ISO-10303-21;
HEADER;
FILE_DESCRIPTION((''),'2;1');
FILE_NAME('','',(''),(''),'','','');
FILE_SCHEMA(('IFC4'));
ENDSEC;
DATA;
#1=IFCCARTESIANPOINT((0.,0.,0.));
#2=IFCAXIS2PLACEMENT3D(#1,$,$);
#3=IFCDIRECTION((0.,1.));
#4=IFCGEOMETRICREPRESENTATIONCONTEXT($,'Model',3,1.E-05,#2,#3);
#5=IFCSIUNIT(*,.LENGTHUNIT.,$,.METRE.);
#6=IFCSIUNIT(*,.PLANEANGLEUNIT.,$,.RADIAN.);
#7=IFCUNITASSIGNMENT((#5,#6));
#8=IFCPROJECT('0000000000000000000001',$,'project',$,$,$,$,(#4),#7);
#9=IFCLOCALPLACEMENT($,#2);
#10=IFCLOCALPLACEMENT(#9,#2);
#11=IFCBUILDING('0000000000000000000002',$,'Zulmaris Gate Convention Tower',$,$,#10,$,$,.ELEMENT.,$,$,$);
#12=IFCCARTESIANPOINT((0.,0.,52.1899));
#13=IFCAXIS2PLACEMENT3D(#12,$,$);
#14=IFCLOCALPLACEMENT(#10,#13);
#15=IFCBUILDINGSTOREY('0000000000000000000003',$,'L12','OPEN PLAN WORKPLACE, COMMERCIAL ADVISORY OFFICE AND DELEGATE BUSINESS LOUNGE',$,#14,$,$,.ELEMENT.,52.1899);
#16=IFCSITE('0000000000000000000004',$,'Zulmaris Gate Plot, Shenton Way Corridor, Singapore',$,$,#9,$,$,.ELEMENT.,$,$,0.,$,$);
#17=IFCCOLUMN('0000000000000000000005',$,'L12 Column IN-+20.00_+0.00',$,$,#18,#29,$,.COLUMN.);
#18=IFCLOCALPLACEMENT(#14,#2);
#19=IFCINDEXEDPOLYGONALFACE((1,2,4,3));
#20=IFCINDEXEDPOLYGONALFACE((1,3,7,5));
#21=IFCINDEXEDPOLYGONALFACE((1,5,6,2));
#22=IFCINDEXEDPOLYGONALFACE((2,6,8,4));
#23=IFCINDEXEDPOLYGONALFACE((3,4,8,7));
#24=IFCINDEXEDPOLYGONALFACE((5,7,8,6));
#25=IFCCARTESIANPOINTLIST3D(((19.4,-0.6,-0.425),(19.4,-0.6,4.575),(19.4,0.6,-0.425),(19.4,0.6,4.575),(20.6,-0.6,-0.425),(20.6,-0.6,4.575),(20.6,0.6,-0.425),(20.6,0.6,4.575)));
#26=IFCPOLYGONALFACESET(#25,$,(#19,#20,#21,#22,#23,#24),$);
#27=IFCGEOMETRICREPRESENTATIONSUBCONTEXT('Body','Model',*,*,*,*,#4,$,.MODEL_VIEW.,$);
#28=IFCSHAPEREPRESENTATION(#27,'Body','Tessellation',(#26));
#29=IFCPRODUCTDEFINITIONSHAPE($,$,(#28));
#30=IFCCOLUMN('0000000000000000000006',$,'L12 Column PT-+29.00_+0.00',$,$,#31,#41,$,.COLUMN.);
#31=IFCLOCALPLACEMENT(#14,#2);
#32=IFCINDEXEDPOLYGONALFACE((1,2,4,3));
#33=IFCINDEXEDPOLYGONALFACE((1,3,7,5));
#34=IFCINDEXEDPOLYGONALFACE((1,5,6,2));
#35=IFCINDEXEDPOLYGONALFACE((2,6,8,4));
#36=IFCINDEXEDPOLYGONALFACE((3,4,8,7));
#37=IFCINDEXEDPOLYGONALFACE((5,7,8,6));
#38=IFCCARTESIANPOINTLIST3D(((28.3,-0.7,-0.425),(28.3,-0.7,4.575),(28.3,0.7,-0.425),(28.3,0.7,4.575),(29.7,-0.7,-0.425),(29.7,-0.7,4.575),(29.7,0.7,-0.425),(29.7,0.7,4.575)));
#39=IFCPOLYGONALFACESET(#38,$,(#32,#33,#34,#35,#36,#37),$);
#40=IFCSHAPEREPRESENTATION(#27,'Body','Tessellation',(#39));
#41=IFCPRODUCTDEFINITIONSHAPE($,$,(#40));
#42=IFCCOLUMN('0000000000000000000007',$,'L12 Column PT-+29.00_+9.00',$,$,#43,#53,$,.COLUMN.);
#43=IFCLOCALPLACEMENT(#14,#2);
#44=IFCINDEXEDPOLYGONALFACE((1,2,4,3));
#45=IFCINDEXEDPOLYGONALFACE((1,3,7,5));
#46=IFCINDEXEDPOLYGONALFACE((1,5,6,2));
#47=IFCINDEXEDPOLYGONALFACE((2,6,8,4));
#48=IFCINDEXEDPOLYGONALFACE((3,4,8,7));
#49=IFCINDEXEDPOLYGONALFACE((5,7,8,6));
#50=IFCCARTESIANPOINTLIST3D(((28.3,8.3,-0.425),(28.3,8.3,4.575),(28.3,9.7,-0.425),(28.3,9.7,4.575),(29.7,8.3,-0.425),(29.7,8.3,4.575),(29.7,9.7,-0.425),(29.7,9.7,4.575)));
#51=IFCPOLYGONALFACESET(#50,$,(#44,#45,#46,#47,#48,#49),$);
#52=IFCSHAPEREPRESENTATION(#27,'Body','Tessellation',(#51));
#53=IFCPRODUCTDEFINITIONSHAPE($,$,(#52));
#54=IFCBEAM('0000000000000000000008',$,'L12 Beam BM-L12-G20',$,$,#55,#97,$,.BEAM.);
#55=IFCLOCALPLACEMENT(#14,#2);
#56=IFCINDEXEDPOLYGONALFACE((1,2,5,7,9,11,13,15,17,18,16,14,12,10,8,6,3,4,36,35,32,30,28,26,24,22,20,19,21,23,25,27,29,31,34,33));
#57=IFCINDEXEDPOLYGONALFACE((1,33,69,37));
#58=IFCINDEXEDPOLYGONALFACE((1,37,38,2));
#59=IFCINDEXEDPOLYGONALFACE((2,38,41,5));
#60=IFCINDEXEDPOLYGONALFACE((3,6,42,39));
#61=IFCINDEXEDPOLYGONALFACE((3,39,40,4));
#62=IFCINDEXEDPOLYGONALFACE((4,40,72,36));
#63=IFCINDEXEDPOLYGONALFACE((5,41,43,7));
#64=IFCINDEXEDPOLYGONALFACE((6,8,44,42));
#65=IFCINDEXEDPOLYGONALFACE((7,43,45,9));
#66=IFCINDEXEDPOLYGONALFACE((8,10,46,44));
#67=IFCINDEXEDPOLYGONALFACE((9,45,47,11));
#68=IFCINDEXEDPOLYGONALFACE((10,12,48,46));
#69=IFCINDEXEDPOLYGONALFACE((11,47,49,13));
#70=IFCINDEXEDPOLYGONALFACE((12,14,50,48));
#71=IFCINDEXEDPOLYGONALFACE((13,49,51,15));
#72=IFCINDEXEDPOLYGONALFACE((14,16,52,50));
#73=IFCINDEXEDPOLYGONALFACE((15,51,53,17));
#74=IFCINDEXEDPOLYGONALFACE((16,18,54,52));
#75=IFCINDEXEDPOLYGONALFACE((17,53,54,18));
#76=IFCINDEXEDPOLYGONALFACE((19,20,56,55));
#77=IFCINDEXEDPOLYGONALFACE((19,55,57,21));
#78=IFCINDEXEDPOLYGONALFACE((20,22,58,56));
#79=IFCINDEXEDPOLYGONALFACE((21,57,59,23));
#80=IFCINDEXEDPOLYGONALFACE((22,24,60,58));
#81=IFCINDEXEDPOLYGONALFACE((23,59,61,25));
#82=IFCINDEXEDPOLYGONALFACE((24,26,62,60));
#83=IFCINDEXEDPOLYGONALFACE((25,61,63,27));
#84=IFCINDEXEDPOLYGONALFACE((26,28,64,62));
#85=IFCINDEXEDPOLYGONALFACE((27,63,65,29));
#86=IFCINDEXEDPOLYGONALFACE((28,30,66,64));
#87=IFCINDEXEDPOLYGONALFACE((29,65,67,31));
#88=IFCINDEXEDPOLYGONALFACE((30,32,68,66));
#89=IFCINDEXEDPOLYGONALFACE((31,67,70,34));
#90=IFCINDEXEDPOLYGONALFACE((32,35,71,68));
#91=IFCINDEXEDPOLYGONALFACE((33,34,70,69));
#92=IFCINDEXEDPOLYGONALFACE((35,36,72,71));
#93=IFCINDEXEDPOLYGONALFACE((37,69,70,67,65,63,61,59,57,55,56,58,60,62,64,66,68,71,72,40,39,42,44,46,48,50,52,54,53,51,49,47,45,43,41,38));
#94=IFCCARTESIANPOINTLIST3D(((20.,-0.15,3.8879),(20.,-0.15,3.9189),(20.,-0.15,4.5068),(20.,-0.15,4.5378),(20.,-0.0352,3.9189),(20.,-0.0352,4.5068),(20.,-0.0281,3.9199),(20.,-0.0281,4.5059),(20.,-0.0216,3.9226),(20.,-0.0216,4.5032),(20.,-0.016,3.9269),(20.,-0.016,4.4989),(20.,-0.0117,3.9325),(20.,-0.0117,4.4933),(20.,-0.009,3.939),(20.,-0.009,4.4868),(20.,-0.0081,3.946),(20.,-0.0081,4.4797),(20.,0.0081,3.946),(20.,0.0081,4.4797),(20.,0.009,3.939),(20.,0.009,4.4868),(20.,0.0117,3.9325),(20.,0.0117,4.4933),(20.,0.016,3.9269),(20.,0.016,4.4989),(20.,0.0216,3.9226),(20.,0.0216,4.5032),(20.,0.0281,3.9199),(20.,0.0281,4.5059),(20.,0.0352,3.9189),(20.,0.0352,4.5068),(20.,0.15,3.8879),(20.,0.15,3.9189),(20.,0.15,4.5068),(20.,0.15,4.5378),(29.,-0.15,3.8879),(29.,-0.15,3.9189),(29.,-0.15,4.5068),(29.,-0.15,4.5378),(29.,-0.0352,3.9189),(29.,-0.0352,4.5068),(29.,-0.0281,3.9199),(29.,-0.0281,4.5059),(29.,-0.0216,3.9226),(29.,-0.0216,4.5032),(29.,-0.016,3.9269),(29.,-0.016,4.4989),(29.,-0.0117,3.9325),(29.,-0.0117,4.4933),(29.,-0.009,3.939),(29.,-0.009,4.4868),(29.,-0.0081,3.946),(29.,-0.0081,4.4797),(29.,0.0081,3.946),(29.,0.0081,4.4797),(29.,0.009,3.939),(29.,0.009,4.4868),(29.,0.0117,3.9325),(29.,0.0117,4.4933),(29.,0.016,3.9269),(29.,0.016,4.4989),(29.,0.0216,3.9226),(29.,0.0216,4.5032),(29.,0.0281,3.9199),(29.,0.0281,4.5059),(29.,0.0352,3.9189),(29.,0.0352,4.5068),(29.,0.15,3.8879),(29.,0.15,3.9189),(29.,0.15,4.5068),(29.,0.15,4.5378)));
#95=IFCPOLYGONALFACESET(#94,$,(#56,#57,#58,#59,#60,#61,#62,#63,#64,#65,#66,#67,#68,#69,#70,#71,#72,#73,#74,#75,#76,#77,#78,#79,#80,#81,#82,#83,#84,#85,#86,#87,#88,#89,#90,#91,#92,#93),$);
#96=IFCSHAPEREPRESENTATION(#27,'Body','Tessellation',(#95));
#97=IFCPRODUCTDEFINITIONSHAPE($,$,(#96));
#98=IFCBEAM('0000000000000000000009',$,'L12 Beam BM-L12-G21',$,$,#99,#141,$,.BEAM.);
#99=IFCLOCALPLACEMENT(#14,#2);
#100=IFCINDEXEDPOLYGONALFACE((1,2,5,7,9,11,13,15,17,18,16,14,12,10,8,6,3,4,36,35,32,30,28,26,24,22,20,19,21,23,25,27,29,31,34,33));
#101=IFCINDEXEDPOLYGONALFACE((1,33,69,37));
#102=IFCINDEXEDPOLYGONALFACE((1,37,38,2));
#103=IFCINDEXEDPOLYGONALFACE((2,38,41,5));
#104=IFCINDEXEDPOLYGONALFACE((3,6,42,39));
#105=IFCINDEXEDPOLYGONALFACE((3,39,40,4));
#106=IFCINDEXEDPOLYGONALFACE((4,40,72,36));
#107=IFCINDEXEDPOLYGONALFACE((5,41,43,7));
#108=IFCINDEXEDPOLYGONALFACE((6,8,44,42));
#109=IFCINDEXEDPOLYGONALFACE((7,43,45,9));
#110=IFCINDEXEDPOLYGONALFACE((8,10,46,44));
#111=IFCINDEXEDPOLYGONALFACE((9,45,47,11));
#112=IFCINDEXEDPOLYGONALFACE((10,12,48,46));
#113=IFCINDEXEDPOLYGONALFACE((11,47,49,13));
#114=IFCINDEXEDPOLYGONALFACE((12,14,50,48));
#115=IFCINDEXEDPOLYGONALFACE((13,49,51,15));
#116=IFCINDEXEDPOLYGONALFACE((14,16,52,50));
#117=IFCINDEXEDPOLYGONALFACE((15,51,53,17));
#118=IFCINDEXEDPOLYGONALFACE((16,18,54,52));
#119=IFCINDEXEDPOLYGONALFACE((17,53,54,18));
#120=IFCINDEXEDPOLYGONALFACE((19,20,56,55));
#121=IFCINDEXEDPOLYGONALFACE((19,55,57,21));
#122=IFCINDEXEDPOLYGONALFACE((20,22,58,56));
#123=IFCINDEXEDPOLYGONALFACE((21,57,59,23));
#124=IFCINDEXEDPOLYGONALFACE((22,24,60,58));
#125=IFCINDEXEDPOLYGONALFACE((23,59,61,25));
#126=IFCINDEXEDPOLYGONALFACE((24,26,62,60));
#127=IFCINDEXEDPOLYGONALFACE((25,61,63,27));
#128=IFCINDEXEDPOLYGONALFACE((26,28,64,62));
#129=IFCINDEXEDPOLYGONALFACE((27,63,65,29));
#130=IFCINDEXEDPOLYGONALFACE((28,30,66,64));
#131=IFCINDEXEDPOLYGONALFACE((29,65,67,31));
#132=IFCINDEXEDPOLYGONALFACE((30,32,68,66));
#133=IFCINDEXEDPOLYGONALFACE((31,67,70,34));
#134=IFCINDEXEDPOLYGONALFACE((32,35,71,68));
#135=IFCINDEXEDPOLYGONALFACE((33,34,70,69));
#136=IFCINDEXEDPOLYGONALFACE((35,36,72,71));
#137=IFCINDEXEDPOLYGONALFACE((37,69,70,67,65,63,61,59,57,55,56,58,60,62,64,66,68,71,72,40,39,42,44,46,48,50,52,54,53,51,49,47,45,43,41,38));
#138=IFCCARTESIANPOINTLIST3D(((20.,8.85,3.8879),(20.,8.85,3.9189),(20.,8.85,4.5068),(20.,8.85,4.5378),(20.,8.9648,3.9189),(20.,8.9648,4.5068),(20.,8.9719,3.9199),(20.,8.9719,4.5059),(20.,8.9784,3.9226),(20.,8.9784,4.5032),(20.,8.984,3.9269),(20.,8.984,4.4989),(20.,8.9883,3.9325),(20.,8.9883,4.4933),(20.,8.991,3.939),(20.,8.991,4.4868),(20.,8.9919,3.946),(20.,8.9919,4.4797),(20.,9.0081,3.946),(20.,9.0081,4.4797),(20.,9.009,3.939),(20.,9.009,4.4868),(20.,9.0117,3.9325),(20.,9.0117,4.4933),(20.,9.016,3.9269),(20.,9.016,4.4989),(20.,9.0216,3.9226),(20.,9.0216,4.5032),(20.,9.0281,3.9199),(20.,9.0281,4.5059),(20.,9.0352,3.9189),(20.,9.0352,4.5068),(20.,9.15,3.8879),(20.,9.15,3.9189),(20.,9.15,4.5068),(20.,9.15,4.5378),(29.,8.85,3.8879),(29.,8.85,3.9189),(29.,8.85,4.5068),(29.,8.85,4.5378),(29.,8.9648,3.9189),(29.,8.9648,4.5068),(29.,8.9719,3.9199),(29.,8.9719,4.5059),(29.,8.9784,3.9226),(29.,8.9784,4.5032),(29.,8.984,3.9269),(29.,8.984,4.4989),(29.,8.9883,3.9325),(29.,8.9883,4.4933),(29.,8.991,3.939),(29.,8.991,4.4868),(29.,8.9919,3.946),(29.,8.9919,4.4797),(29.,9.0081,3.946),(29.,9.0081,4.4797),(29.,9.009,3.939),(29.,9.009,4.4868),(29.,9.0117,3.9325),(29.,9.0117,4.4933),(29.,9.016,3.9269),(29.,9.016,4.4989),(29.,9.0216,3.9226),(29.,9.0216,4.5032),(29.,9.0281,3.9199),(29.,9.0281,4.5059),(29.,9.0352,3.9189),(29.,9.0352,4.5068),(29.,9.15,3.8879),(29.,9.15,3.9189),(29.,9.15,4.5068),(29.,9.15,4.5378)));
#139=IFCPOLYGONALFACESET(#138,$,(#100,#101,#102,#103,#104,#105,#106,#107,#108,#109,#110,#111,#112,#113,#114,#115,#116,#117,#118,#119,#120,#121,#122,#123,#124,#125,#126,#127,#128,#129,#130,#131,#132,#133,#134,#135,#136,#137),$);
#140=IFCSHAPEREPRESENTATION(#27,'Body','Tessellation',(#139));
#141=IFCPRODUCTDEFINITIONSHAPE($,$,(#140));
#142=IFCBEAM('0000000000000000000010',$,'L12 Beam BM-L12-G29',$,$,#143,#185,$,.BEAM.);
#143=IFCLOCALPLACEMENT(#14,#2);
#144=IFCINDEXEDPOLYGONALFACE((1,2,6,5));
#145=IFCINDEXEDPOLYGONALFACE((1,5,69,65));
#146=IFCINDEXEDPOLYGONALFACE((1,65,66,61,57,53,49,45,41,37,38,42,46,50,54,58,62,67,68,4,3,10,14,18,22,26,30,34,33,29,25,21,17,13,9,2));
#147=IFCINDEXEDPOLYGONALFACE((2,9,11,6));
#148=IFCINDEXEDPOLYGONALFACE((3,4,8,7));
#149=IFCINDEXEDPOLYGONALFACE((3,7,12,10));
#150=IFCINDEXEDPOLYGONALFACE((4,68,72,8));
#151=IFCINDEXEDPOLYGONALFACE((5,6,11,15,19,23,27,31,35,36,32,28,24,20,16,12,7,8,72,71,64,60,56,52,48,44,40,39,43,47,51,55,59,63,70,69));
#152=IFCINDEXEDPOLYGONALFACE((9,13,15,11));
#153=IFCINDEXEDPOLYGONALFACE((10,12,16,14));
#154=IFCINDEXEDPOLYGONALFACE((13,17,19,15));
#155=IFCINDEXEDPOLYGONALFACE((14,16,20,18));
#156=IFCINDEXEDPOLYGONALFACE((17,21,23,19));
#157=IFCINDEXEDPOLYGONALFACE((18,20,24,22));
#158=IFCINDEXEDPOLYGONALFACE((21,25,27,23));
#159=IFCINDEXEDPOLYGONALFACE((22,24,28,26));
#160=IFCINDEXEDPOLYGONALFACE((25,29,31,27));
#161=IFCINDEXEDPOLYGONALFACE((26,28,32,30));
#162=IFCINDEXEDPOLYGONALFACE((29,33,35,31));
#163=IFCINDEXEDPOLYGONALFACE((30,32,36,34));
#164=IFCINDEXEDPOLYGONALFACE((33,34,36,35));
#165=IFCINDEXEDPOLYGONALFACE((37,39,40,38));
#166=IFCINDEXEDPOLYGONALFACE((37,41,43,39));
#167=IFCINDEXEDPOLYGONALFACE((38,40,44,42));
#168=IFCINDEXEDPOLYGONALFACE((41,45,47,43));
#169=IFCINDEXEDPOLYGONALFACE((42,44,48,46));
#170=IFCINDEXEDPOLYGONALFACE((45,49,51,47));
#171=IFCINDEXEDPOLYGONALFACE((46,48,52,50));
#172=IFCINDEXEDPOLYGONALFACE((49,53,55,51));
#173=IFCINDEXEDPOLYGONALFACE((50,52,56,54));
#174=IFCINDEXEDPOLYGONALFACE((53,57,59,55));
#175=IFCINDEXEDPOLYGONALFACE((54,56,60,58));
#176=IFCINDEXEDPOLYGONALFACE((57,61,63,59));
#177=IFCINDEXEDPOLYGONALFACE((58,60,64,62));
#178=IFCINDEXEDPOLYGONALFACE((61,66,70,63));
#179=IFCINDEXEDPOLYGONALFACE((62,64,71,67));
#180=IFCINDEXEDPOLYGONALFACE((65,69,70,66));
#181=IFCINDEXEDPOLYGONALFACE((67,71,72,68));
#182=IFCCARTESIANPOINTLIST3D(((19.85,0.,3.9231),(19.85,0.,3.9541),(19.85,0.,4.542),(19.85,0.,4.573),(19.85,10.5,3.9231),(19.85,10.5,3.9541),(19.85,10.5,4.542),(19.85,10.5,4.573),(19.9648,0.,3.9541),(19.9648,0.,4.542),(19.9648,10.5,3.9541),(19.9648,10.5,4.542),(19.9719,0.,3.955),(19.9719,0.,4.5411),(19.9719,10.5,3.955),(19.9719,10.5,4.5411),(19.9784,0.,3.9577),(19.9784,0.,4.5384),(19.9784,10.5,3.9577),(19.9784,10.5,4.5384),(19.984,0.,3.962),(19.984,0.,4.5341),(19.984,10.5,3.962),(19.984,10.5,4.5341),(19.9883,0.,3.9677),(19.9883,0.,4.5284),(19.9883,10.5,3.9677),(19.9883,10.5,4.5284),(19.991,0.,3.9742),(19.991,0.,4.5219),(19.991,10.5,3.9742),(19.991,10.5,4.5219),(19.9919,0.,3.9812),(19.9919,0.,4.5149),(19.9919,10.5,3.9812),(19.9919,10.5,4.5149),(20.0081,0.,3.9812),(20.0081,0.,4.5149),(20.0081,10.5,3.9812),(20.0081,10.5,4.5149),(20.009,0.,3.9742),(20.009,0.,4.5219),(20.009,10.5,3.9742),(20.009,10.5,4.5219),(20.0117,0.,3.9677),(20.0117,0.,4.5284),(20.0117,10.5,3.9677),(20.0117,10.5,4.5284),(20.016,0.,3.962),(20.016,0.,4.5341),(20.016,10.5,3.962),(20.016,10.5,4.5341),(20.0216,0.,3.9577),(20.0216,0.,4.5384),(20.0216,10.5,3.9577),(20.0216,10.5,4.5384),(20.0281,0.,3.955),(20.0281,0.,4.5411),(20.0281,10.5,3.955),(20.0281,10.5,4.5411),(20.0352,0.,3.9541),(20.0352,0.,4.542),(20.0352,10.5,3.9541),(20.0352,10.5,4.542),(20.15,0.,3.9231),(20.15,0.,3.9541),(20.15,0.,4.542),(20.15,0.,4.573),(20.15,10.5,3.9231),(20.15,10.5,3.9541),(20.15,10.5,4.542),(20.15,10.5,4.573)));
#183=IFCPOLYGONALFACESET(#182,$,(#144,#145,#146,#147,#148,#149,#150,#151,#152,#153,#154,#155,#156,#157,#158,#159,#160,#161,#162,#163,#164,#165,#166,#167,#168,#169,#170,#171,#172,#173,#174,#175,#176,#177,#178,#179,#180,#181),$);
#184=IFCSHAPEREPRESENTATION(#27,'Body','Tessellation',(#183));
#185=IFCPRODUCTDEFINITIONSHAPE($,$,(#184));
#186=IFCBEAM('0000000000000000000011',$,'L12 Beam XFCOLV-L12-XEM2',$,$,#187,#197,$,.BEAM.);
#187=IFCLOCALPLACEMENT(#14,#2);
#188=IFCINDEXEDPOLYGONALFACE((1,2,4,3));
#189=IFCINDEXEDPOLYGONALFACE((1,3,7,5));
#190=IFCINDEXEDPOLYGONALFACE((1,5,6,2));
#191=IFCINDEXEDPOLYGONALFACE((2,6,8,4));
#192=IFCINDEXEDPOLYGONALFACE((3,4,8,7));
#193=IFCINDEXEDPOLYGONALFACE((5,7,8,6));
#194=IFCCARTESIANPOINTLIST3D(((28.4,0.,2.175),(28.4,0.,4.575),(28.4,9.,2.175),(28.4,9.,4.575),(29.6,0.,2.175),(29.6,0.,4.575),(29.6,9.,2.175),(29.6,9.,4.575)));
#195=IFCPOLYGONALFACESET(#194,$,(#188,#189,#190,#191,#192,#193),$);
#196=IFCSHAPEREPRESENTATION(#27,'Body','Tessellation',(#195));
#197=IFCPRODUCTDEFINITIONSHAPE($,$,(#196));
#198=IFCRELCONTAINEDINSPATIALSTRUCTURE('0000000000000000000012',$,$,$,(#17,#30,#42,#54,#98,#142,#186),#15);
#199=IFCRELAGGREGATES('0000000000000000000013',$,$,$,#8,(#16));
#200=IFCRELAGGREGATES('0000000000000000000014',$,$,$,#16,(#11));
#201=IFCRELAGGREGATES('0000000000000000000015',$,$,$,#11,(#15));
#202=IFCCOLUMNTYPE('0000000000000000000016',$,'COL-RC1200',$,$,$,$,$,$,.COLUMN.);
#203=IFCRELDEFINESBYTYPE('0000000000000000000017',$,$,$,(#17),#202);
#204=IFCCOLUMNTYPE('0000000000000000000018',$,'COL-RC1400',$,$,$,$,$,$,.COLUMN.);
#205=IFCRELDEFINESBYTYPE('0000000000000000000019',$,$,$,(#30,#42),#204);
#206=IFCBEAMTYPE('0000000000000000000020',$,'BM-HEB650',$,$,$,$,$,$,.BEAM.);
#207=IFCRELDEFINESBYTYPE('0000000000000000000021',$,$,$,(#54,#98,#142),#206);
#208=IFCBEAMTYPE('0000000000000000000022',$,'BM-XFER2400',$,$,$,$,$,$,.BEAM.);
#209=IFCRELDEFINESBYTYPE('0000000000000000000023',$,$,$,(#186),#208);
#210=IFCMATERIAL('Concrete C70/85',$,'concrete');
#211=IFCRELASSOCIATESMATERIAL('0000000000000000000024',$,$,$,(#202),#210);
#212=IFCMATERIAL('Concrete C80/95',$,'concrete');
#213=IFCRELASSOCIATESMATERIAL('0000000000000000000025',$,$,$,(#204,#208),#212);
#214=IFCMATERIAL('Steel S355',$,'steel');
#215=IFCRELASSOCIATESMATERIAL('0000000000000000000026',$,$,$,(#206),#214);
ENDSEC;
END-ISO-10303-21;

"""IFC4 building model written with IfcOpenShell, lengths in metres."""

from ifc_helpers import new_model, si_unit, direction, frame, origin, origin_2d, place, context, subcontext, project, spatial, rectangle, i_section, extrude, material, material_profile, profile_set, type_object, element, save


model = new_model("IFC4")

# Units and contexts
model_context = context("Model", 3, precision=1e-05, world=origin(), true_north=direction((0.0, 1.0)))
body_context = subcontext(model_context, "Body", "Model", "MODEL_VIEW")
ifc_project = project(units=[si_unit("LENGTHUNIT", "METRE"), si_unit("PLANEANGLEUNIT", "RADIAN")], contexts=[model_context])

# Site, building, storey
site_placement = place(None, origin())
site = spatial("IfcSite", under=ifc_project, at=site_placement, Name="Zulmaris Gate Plot, Shenton Way Corridor, Singapore", CompositionType="ELEMENT", RefElevation=0.0)
building_placement = place(site_placement, origin())
building = spatial("IfcBuilding", under=site, at=building_placement, Name="Zulmaris Gate Convention Tower", CompositionType="ELEMENT")
storey_placement = place(building_placement, frame((0.0, 0.0, 52.1899)))
storey = spatial("IfcBuildingStorey", under=building, at=storey_placement, Name="L12", Description="OPEN PLAN WORKPLACE, COMMERCIAL ADVISORY OFFICE AND DELEGATE BUSINESS LOUNGE", CompositionType="ELEMENT", Elevation=52.1899)

# Columns
ifc_material_1 = material(Name="Concrete C70/85", Category="concrete")
ifc_material_profile_1 = material_profile(ifc_material_1, rectangle(XDim=1.2, YDim=1.2, at=origin_2d()), Name="RC COL 1200x1200")
ifc_profile_set_1 = profile_set([ifc_material_profile_1], Name="Concrete C70/85")
column_type_1 = type_object("IfcColumnType", Name="COL-RC1200", PredefinedType="COLUMN", material=ifc_profile_set_1)
column_placement = place(storey_placement, frame((20.0, 0.0, -0.425), z_axis=(0.0, 0.0, 1.0), x_axis=(1.0, 0.0, 0.0)))
element("IfcColumn", 1, at=column_placement, inside=storey, type_object=column_type_1, Name="L12 Column IN-+20.00_+0.00", PredefinedType="COLUMN", context=body_context, shape_type="SweptSolid", body=[
    extrude(rectangle(XDim=1.2, YDim=1.2, at=origin_2d()), origin(), (0.0, 0.0, 1.0), 5.0),
])
ifc_material_2 = material(Name="Concrete C80/95", Category="concrete")
ifc_material_profile_2 = material_profile(ifc_material_2, rectangle(XDim=1.3999, YDim=1.3999, at=origin_2d()), Name="RC COL 1400x1400")
ifc_profile_set_2 = profile_set([ifc_material_profile_2], Name="Concrete C80/95")
column_type_2 = type_object("IfcColumnType", Name="COL-RC1400", PredefinedType="COLUMN", material=ifc_profile_set_2)
for number, where, z_axis, x_axis, name in (
    (2, (29.0, 0.0, -0.425), (0.0, 0.0, 1.0), (1.0, 0.0, 0.0), "L12 Column PT-+29.00_+0.00"),
    (3, (29.0, 9.0, -0.425), (0.0, 0.0, 1.0), (1.0, 0.0, 0.0), "L12 Column PT-+29.00_+9.00"),
):
    element("IfcColumn", number, at=place(storey_placement, frame(where, z_axis=z_axis, x_axis=x_axis)), inside=storey, type_object=column_type_2, Name=name, PredefinedType="COLUMN", context=body_context, shape_type="SweptSolid", body=[
        extrude(rectangle(XDim=1.3999, YDim=1.3999, at=origin_2d()), origin(), (0.0, 0.0, 1.0), 5.0),
    ])

# Beams
ifc_material_3 = material(Name="Steel S355", Category="steel")
ifc_material_profile_3 = material_profile(ifc_material_3, i_section(OverallWidth=0.3, OverallDepth=0.6499, WebThickness=0.0161, FlangeThickness=0.031, FilletRadius=0.0271, at=origin_2d()), Name="HEB 650")
ifc_profile_set_3 = profile_set([ifc_material_profile_3], Name="Steel S355")
beam_type_1 = type_object("IfcBeamType", Name="BM-HEB650", PredefinedType="BEAM", material=ifc_profile_set_3)
for number, where, z_axis, x_axis, name in (
    (4, (20.0, 0.0, 4.2129), (1.0, 0.0, 0.0), (0.0, 1.0, 0.0), "L12 Beam BM-L12-G20"),
    (5, (20.0, 9.0, 4.2129), (1.0, 0.0, 0.0), (0.0, 1.0, 0.0), "L12 Beam BM-L12-G21"),
):
    element("IfcBeam", number, at=place(storey_placement, frame(where, z_axis=z_axis, x_axis=x_axis)), inside=storey, type_object=beam_type_1, Name=name, PredefinedType="BEAM", context=body_context, shape_type="SweptSolid", body=[
        extrude(i_section(OverallWidth=0.3, OverallDepth=0.6499, WebThickness=0.0161, FlangeThickness=0.031, FilletRadius=0.0271, at=origin_2d()), origin(), (0.0, 0.0, 1.0), 9.0),
    ])
beam_1_placement = place(storey_placement, frame((20.0, 0.0, 4.248), z_axis=(0.0, 1.0, 0.0), x_axis=(-1.0, 0.0, 0.0)))
element("IfcBeam", 6, at=beam_1_placement, inside=storey, type_object=beam_type_1, Name="L12 Beam BM-L12-G29", PredefinedType="BEAM", context=body_context, shape_type="SweptSolid", body=[
    extrude(i_section(OverallWidth=0.3, OverallDepth=0.6499, WebThickness=0.0161, FlangeThickness=0.031, FilletRadius=0.0271, at=origin_2d()), origin(), (0.0, 0.0, 1.0), 10.5),
])
ifc_material_profile_4 = material_profile(ifc_material_2, rectangle(XDim=1.2, YDim=2.3999, at=origin_2d()), Name="RC TRANSFER 1200x2400")
ifc_profile_set_4 = profile_set([ifc_material_profile_4], Name="Concrete C80/95")
beam_type_2 = type_object("IfcBeamType", Name="BM-XFER2400", PredefinedType="BEAM", material=ifc_profile_set_4)
beam_2_placement = place(storey_placement, frame((29.0, 0.0, 3.375), z_axis=(0.0, 1.0, 0.0), x_axis=(-1.0, 0.0, 0.0)))
element("IfcBeam", 7, at=beam_2_placement, inside=storey, type_object=beam_type_2, Name="L12 Beam XFCOLV-L12-XEM2", PredefinedType="BEAM", context=body_context, shape_type="SweptSolid", body=[
    extrude(rectangle(XDim=1.2, YDim=2.3999, at=origin_2d()), origin(), (0.0, 0.0, 1.0), 9.0),
])

save(model, "model.ifc")
